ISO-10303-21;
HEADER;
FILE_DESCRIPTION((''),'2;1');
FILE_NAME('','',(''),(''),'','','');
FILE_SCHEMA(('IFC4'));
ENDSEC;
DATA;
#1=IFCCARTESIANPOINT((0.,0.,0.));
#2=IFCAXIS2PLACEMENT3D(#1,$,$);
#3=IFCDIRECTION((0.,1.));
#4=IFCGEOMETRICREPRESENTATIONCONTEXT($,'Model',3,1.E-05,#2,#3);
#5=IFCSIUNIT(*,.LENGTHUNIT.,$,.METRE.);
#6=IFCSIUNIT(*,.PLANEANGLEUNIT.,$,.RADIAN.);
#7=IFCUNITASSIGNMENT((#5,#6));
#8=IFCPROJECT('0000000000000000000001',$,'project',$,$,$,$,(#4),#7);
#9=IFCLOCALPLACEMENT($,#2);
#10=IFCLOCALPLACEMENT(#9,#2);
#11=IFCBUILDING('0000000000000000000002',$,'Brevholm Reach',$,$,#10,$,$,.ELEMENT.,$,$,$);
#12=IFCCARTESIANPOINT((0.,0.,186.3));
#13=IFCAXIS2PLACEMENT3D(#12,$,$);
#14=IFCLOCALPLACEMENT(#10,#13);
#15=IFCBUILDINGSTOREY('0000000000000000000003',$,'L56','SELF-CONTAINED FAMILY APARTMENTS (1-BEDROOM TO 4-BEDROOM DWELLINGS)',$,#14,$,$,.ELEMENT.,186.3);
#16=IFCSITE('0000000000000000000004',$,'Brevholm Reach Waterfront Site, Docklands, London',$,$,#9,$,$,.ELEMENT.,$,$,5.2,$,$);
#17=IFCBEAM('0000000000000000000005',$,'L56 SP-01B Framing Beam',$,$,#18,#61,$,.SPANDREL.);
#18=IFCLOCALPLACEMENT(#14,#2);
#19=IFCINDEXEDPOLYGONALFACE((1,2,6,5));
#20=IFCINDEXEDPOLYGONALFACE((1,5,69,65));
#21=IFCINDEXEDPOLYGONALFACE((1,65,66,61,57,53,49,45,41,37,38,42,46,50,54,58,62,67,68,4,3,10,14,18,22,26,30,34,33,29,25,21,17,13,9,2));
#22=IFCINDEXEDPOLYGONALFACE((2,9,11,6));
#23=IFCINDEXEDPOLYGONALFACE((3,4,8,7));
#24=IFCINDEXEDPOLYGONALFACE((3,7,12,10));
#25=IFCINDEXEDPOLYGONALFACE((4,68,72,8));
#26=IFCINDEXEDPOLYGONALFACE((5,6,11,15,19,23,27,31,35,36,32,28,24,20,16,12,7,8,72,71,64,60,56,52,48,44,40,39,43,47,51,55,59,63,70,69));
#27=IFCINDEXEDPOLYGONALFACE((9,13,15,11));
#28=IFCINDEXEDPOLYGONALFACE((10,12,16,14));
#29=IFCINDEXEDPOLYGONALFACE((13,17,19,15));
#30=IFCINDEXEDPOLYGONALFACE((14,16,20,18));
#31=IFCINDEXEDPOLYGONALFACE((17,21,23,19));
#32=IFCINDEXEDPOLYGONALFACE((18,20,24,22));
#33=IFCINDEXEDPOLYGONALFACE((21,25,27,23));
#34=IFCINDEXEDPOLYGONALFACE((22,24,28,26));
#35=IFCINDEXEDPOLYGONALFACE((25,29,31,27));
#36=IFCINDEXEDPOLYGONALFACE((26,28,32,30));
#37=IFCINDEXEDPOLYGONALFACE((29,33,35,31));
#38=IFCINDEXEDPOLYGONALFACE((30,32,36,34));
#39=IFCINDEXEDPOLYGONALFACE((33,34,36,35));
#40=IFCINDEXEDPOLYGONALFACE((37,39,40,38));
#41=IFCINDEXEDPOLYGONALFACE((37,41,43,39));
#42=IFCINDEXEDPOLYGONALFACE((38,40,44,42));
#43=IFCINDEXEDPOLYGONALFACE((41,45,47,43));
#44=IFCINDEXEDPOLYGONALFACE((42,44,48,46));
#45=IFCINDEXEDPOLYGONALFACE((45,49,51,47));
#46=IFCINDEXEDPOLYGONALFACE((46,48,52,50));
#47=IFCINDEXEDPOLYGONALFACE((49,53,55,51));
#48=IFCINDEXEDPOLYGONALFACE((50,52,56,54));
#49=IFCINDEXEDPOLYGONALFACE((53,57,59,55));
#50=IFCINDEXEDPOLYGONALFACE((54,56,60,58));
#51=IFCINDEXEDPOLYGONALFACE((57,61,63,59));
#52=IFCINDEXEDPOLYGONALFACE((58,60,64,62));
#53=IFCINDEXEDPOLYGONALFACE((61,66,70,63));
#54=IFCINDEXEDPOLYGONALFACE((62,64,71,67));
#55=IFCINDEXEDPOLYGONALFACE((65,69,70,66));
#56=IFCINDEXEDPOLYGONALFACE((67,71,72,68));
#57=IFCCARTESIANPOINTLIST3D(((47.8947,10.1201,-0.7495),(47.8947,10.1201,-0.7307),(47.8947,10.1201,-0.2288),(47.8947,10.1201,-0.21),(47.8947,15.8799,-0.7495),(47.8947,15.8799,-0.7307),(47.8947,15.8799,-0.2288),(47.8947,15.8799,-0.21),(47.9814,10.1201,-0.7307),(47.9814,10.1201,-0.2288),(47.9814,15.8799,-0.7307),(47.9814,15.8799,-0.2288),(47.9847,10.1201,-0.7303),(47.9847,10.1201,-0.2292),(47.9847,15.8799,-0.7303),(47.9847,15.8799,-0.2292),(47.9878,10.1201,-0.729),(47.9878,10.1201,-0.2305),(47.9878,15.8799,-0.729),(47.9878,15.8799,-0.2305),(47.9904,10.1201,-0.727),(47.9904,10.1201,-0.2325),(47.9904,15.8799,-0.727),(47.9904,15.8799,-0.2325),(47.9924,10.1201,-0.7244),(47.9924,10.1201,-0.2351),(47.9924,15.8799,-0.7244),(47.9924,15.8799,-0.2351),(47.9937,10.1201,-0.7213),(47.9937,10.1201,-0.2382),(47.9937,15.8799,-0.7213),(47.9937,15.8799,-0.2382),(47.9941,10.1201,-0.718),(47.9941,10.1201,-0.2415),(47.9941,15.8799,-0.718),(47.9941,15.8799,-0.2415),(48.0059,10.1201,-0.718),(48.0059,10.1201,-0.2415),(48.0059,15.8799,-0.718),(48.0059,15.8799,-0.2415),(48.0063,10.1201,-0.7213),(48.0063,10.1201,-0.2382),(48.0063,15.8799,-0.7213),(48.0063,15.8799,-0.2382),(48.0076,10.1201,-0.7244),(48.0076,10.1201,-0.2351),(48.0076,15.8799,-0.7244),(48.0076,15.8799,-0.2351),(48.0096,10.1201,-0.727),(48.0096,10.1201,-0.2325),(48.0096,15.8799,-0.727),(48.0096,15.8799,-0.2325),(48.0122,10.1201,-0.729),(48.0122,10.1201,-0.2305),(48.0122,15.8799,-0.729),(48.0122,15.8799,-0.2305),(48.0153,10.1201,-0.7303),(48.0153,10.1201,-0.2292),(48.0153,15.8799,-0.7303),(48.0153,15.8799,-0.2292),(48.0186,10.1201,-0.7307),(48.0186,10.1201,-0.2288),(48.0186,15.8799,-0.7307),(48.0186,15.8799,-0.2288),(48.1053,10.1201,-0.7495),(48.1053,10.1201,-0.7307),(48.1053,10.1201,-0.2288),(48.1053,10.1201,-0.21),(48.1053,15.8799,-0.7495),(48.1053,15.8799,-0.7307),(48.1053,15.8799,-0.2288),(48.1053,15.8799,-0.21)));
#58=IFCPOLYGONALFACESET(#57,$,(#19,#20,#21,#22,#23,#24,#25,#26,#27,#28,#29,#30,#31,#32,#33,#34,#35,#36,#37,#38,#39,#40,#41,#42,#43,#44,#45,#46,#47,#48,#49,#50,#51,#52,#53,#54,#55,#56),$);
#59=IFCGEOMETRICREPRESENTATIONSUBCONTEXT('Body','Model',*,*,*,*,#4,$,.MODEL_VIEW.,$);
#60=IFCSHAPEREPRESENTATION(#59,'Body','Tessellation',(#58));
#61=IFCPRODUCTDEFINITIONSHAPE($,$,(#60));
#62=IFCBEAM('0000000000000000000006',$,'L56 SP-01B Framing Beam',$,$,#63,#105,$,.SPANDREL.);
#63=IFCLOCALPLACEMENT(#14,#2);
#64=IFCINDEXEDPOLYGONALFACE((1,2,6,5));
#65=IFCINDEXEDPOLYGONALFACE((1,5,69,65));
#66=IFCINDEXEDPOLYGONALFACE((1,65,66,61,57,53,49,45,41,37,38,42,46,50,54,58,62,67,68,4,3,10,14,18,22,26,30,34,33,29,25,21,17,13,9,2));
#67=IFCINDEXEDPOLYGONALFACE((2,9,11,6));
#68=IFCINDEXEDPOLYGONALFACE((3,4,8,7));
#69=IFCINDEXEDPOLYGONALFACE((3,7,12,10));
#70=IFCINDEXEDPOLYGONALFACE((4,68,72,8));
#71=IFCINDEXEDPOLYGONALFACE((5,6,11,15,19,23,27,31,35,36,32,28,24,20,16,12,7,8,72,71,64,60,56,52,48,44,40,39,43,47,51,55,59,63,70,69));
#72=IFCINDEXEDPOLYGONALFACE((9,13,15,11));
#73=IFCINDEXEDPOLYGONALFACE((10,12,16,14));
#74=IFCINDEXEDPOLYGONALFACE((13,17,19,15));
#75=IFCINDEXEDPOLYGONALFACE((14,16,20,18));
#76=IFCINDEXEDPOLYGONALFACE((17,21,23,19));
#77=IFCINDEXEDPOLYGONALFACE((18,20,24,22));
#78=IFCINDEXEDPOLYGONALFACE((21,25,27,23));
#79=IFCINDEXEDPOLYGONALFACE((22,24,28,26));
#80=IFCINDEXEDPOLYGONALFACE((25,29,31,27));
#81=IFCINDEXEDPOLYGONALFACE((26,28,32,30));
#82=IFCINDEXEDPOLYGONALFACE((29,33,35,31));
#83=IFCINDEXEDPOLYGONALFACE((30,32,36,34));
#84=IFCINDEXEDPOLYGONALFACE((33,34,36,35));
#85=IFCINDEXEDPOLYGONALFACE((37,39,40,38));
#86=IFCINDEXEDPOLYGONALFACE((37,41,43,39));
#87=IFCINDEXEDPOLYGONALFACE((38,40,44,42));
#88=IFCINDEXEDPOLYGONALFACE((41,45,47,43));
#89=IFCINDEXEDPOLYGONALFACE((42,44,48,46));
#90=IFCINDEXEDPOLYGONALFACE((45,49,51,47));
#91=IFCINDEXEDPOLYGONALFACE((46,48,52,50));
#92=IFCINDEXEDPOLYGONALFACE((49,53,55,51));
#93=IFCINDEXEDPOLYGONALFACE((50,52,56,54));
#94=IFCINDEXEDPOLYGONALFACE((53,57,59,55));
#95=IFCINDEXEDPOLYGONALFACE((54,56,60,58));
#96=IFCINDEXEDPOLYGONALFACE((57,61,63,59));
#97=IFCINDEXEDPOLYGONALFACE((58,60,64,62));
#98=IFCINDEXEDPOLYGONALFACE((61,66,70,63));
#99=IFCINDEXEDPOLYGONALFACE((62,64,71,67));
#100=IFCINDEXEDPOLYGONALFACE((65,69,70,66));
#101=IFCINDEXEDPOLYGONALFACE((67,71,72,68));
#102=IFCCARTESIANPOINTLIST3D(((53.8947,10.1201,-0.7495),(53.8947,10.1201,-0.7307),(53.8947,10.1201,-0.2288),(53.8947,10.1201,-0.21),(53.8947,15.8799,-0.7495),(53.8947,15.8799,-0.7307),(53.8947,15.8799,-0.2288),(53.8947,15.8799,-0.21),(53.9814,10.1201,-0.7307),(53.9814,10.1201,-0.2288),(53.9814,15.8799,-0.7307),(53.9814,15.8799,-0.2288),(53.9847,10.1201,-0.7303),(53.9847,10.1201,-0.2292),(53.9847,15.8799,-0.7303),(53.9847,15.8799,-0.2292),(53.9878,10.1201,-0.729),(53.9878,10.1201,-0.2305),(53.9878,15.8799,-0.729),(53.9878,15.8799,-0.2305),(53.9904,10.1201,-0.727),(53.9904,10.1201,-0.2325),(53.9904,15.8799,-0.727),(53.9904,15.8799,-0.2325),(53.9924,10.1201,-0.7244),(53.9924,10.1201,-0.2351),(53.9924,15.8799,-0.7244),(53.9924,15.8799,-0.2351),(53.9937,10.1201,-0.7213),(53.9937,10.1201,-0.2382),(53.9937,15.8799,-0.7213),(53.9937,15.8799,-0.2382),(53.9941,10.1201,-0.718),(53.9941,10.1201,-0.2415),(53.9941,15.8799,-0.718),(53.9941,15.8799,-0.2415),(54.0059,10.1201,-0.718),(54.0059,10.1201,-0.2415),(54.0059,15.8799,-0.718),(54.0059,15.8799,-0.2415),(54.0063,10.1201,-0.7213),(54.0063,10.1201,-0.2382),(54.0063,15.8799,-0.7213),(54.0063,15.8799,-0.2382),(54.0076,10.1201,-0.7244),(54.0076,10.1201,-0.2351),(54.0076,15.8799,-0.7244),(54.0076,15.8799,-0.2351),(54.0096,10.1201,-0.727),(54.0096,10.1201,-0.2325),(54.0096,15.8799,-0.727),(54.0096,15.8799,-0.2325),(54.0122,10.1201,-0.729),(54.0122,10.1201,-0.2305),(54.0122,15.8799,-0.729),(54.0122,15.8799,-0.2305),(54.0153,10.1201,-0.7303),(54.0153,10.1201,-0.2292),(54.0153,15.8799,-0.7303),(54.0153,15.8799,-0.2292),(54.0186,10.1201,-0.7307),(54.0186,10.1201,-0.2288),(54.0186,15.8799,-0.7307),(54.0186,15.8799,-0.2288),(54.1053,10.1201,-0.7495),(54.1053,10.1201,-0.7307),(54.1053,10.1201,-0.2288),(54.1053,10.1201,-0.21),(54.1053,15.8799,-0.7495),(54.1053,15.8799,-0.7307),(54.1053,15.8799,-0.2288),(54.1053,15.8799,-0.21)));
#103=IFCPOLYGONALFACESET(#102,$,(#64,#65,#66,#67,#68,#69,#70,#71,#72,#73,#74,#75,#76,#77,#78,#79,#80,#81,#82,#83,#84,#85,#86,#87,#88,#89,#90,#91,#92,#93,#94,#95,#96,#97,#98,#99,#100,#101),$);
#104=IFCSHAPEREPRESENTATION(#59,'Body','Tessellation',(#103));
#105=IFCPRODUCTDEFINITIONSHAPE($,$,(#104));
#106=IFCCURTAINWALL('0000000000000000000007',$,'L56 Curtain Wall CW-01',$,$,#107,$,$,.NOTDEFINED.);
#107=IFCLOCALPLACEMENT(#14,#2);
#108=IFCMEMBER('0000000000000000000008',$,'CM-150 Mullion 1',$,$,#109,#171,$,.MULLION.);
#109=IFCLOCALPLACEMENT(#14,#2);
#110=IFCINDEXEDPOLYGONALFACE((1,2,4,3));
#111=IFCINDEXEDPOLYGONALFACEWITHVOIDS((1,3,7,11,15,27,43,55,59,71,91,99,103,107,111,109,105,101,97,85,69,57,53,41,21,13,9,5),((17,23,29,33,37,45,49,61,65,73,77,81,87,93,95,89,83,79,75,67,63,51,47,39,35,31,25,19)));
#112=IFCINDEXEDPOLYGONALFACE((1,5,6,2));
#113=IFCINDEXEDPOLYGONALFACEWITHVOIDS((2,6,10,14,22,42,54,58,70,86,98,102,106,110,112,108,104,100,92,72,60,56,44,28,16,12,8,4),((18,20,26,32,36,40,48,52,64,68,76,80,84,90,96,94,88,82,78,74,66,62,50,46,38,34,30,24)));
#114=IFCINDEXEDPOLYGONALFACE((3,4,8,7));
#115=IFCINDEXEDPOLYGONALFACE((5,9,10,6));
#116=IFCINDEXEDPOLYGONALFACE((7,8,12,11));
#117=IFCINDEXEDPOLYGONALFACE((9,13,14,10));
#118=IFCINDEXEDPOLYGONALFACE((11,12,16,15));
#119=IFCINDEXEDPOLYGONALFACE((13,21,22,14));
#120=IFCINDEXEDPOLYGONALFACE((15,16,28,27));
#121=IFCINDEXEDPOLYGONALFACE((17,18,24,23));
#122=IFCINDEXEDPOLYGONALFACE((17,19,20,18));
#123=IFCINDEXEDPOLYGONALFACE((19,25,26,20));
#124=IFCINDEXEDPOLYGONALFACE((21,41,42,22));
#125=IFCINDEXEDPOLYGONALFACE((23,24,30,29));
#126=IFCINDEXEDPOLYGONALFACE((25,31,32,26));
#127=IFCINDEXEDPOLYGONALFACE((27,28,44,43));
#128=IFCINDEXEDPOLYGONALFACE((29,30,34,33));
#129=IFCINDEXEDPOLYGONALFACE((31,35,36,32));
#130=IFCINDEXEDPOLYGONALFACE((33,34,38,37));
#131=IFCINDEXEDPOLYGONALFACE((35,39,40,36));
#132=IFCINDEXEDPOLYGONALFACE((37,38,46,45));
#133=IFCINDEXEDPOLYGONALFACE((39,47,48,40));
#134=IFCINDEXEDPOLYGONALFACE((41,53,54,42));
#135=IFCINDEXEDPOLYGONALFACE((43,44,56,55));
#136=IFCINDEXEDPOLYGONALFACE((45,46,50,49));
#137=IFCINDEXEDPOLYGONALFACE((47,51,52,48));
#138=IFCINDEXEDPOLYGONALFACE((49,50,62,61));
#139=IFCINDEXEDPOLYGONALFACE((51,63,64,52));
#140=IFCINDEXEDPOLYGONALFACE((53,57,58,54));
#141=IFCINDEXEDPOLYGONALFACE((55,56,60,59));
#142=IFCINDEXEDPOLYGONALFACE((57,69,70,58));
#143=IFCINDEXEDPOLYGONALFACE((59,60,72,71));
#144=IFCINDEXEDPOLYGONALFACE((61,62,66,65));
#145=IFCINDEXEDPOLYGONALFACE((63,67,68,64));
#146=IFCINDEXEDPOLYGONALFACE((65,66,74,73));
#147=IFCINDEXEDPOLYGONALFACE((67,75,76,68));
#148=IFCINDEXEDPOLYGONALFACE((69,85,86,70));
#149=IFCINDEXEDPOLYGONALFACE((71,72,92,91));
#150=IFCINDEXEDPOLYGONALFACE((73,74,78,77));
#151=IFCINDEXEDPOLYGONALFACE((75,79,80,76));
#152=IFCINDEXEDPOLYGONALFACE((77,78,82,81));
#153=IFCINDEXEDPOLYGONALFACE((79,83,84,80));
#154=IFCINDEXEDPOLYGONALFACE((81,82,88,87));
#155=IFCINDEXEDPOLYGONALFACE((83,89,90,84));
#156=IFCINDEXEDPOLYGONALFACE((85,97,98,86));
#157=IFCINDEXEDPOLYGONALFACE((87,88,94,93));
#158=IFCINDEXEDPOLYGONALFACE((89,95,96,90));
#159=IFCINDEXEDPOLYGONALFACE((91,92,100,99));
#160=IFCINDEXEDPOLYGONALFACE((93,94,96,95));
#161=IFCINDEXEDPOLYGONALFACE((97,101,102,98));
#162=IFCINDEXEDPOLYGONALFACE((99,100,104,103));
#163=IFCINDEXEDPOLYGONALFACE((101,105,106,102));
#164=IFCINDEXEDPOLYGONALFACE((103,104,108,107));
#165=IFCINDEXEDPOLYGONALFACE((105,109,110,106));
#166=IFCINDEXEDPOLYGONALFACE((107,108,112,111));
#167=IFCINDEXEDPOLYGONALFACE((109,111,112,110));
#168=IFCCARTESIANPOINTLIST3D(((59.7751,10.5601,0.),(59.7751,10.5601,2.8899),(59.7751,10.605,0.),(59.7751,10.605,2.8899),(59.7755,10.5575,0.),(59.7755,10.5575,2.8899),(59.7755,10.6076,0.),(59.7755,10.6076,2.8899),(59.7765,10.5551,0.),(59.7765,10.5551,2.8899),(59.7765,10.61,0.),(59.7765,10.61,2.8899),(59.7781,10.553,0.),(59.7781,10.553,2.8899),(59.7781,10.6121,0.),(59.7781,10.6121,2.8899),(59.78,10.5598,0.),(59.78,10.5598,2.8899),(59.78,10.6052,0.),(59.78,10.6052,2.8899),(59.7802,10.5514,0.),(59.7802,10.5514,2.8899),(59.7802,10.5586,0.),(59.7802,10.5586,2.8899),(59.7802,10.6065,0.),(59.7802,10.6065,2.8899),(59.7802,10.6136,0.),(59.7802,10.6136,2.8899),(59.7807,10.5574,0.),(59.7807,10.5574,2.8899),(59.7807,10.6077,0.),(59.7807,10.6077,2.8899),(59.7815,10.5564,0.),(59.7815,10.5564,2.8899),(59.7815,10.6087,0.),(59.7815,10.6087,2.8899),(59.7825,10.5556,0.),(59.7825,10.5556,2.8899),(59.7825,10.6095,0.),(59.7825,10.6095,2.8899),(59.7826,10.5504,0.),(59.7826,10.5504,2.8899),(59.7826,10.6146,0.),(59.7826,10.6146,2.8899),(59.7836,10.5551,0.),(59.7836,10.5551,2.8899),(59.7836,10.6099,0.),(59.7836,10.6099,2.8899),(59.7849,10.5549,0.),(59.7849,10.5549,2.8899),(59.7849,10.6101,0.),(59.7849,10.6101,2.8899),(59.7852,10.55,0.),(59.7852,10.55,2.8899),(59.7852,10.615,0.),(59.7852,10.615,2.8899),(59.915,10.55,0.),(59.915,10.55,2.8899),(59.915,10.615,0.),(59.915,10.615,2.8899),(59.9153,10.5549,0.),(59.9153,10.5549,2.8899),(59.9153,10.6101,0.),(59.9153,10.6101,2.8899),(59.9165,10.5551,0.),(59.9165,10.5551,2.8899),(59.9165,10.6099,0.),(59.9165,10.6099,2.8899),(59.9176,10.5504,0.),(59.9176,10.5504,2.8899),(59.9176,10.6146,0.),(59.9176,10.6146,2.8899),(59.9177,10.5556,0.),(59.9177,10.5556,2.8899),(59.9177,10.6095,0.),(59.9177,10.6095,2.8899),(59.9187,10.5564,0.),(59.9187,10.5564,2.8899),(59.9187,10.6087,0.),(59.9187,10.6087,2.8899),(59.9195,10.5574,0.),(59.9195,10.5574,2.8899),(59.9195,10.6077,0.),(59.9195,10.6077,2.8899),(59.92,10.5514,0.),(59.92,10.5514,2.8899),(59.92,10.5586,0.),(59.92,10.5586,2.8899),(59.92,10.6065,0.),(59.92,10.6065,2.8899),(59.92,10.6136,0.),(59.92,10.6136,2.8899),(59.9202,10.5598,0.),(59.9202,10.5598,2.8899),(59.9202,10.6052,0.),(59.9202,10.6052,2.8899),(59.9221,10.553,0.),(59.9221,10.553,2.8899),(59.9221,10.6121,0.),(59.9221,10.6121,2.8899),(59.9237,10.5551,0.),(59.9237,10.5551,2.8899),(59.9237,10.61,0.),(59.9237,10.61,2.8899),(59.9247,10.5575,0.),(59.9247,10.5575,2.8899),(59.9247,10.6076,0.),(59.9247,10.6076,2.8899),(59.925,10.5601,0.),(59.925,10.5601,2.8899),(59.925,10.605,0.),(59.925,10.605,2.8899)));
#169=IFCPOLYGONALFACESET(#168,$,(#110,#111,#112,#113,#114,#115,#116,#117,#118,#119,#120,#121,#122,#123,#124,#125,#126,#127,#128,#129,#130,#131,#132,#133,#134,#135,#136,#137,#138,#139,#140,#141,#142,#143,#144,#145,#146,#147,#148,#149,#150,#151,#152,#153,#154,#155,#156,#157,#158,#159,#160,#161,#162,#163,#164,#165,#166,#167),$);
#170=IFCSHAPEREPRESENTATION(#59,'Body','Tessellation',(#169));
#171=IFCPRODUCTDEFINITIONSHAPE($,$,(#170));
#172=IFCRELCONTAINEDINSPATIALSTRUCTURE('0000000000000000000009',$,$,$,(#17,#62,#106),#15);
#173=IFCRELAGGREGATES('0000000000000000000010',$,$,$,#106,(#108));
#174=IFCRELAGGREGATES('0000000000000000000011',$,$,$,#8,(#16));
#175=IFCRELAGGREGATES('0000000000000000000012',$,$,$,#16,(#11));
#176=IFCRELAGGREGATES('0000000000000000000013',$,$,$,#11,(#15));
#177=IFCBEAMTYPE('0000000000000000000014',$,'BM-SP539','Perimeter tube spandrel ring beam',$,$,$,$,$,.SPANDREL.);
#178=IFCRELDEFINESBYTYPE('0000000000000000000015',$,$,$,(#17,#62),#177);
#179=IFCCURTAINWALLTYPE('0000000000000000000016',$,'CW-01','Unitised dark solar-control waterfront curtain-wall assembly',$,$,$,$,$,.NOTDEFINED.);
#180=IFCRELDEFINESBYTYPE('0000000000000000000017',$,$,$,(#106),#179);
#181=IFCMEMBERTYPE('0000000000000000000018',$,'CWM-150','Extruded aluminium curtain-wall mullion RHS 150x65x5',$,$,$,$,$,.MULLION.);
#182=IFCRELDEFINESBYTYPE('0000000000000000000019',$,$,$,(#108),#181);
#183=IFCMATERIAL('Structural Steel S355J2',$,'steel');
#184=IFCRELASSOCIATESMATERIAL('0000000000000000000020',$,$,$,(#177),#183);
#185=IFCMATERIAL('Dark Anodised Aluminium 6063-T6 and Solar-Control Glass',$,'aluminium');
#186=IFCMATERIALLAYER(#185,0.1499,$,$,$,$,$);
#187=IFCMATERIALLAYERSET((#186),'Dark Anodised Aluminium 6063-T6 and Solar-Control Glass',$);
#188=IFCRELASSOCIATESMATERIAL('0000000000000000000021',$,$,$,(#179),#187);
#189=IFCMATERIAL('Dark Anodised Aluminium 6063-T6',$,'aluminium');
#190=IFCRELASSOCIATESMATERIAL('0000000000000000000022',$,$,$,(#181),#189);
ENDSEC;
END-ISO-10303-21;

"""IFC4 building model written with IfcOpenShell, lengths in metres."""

from ifc_helpers import new_model, si_unit, direction, frame, origin, origin_2d, place, context, subcontext, project, spatial, hollow_rectangle, i_section, extrude, material, layer, layer_set, material_profile, profile_set, type_object, element, aggregate, save


model = new_model("IFC4")

# Units and contexts
model_context = context("Model", 3, precision=1e-05, world=origin(), true_north=direction((0.0, 1.0)))
body_context = subcontext(model_context, "Body", "Model", "MODEL_VIEW")
ifc_project = project(units=[si_unit("LENGTHUNIT", "METRE"), si_unit("PLANEANGLEUNIT", "RADIAN")], contexts=[model_context])

# Site, building, storey
site_placement = place(None, origin())
site = spatial("IfcSite", under=ifc_project, at=site_placement, Name="Brevholm Reach Waterfront Site, Docklands, London", CompositionType="ELEMENT", RefElevation=5.2)
building_placement = place(site_placement, origin())
building = spatial("IfcBuilding", under=site, at=building_placement, Name="Brevholm Reach", CompositionType="ELEMENT")
storey_placement = place(building_placement, frame((0.0, 0.0, 186.3)))
storey = spatial("IfcBuildingStorey", under=building, at=storey_placement, Name="L56", Description="SELF-CONTAINED FAMILY APARTMENTS (1-BEDROOM TO 4-BEDROOM DWELLINGS)", CompositionType="ELEMENT", Elevation=186.3)

# Beams
ifc_material_1 = material(Name="Structural Steel S355J2", Category="steel")
ifc_material_profile_1 = material_profile(ifc_material_1, i_section(OverallWidth=0.2107, OverallDepth=0.5396, WebThickness=0.0117, FlangeThickness=0.0188, FilletRadius=0.0127, at=origin_2d()), Name="UKB 533x210x109")
ifc_profile_set_1 = profile_set([ifc_material_profile_1], Name="Structural Steel S355J2")
beam_type_1 = type_object("IfcBeamType", Name="BM-SP539", Description="Perimeter tube spandrel ring beam", PredefinedType="SPANDREL", material=ifc_profile_set_1)
for number, where, z_axis, x_axis, name in (
    (1, (48.0, 10.1201, -0.4797), (0.0, 1.0, 0.0), (-1.0, 0.0, 0.0), "L56 SP-01B Framing Beam"),
    (2, (54.0, 10.1201, -0.4797), (0.0, 1.0, 0.0), (-1.0, 0.0, 0.0), "L56 SP-01B Framing Beam"),
):
    element("IfcBeam", number, at=place(storey_placement, frame(where, z_axis=z_axis, x_axis=x_axis)), inside=storey, type_object=beam_type_1, Name=name, PredefinedType="SPANDREL", context=body_context, shape_type="SweptSolid", body=[
        extrude(i_section(OverallWidth=0.2107, OverallDepth=0.5396, WebThickness=0.0117, FlangeThickness=0.0188, FilletRadius=0.0127, at=origin_2d()), origin(), (0.0, 0.0, 1.0), 5.7598),
    ])

# Curtain wall, member
ifc_material_2 = material(Name="Dark Anodised Aluminium 6063-T6 and Solar-Control Glass", Category="aluminium")
ifc_layer_1 = layer(ifc_material_2, 0.1499)
ifc_layer_set_1 = layer_set([ifc_layer_1], Name="Dark Anodised Aluminium 6063-T6 and Solar-Control Glass")
curtain_wall_type = type_object("IfcCurtainWallType", Name="CW-01", Description="Unitised dark solar-control waterfront curtain-wall assembly", PredefinedType="NOTDEFINED", material=ifc_layer_set_1)
curtain_wall_placement = place(storey_placement, origin())
curtain_wall = element("IfcCurtainWall", 3, at=curtain_wall_placement, inside=storey, type_object=curtain_wall_type, Name="L56 Curtain Wall CW-01", PredefinedType="NOTDEFINED")
ifc_material_3 = material(Name="Dark Anodised Aluminium 6063-T6", Category="aluminium")
ifc_material_profile_2 = material_profile(ifc_material_3, hollow_rectangle(XDim=0.0649, YDim=0.1499, WallThickness=0.0049, InnerFilletRadius=0.0049, OuterFilletRadius=0.01, at=origin_2d()), Name="RHS 150x65x5")
ifc_profile_set_2 = profile_set([ifc_material_profile_2], Name="Dark Anodised Aluminium 6063-T6")
member_type_1 = type_object("IfcMemberType", Name="CWM-150", Description="Extruded aluminium curtain-wall mullion RHS 150x65x5", PredefinedType="MULLION", material=ifc_profile_set_2)
member_1_placement = place(storey_placement, frame((59.8501, 10.5825, 0.0), z_axis=(0.0, 0.0, 1.0), x_axis=(0.0, 1.0, 0.0)))
member_1 = element("IfcMember", 4, at=member_1_placement, type_object=member_type_1, Name="CM-150 Mullion 1", PredefinedType="MULLION", context=body_context, shape_type="SweptSolid", body=[
    extrude(hollow_rectangle(XDim=0.0649, YDim=0.1499, WallThickness=0.0049, InnerFilletRadius=0.0049, OuterFilletRadius=0.01, at=origin_2d()), origin(), (0.0, 0.0, 1.0), 2.8899),
])
aggregate(curtain_wall, [member_1])

save(model, "model.ifc")
